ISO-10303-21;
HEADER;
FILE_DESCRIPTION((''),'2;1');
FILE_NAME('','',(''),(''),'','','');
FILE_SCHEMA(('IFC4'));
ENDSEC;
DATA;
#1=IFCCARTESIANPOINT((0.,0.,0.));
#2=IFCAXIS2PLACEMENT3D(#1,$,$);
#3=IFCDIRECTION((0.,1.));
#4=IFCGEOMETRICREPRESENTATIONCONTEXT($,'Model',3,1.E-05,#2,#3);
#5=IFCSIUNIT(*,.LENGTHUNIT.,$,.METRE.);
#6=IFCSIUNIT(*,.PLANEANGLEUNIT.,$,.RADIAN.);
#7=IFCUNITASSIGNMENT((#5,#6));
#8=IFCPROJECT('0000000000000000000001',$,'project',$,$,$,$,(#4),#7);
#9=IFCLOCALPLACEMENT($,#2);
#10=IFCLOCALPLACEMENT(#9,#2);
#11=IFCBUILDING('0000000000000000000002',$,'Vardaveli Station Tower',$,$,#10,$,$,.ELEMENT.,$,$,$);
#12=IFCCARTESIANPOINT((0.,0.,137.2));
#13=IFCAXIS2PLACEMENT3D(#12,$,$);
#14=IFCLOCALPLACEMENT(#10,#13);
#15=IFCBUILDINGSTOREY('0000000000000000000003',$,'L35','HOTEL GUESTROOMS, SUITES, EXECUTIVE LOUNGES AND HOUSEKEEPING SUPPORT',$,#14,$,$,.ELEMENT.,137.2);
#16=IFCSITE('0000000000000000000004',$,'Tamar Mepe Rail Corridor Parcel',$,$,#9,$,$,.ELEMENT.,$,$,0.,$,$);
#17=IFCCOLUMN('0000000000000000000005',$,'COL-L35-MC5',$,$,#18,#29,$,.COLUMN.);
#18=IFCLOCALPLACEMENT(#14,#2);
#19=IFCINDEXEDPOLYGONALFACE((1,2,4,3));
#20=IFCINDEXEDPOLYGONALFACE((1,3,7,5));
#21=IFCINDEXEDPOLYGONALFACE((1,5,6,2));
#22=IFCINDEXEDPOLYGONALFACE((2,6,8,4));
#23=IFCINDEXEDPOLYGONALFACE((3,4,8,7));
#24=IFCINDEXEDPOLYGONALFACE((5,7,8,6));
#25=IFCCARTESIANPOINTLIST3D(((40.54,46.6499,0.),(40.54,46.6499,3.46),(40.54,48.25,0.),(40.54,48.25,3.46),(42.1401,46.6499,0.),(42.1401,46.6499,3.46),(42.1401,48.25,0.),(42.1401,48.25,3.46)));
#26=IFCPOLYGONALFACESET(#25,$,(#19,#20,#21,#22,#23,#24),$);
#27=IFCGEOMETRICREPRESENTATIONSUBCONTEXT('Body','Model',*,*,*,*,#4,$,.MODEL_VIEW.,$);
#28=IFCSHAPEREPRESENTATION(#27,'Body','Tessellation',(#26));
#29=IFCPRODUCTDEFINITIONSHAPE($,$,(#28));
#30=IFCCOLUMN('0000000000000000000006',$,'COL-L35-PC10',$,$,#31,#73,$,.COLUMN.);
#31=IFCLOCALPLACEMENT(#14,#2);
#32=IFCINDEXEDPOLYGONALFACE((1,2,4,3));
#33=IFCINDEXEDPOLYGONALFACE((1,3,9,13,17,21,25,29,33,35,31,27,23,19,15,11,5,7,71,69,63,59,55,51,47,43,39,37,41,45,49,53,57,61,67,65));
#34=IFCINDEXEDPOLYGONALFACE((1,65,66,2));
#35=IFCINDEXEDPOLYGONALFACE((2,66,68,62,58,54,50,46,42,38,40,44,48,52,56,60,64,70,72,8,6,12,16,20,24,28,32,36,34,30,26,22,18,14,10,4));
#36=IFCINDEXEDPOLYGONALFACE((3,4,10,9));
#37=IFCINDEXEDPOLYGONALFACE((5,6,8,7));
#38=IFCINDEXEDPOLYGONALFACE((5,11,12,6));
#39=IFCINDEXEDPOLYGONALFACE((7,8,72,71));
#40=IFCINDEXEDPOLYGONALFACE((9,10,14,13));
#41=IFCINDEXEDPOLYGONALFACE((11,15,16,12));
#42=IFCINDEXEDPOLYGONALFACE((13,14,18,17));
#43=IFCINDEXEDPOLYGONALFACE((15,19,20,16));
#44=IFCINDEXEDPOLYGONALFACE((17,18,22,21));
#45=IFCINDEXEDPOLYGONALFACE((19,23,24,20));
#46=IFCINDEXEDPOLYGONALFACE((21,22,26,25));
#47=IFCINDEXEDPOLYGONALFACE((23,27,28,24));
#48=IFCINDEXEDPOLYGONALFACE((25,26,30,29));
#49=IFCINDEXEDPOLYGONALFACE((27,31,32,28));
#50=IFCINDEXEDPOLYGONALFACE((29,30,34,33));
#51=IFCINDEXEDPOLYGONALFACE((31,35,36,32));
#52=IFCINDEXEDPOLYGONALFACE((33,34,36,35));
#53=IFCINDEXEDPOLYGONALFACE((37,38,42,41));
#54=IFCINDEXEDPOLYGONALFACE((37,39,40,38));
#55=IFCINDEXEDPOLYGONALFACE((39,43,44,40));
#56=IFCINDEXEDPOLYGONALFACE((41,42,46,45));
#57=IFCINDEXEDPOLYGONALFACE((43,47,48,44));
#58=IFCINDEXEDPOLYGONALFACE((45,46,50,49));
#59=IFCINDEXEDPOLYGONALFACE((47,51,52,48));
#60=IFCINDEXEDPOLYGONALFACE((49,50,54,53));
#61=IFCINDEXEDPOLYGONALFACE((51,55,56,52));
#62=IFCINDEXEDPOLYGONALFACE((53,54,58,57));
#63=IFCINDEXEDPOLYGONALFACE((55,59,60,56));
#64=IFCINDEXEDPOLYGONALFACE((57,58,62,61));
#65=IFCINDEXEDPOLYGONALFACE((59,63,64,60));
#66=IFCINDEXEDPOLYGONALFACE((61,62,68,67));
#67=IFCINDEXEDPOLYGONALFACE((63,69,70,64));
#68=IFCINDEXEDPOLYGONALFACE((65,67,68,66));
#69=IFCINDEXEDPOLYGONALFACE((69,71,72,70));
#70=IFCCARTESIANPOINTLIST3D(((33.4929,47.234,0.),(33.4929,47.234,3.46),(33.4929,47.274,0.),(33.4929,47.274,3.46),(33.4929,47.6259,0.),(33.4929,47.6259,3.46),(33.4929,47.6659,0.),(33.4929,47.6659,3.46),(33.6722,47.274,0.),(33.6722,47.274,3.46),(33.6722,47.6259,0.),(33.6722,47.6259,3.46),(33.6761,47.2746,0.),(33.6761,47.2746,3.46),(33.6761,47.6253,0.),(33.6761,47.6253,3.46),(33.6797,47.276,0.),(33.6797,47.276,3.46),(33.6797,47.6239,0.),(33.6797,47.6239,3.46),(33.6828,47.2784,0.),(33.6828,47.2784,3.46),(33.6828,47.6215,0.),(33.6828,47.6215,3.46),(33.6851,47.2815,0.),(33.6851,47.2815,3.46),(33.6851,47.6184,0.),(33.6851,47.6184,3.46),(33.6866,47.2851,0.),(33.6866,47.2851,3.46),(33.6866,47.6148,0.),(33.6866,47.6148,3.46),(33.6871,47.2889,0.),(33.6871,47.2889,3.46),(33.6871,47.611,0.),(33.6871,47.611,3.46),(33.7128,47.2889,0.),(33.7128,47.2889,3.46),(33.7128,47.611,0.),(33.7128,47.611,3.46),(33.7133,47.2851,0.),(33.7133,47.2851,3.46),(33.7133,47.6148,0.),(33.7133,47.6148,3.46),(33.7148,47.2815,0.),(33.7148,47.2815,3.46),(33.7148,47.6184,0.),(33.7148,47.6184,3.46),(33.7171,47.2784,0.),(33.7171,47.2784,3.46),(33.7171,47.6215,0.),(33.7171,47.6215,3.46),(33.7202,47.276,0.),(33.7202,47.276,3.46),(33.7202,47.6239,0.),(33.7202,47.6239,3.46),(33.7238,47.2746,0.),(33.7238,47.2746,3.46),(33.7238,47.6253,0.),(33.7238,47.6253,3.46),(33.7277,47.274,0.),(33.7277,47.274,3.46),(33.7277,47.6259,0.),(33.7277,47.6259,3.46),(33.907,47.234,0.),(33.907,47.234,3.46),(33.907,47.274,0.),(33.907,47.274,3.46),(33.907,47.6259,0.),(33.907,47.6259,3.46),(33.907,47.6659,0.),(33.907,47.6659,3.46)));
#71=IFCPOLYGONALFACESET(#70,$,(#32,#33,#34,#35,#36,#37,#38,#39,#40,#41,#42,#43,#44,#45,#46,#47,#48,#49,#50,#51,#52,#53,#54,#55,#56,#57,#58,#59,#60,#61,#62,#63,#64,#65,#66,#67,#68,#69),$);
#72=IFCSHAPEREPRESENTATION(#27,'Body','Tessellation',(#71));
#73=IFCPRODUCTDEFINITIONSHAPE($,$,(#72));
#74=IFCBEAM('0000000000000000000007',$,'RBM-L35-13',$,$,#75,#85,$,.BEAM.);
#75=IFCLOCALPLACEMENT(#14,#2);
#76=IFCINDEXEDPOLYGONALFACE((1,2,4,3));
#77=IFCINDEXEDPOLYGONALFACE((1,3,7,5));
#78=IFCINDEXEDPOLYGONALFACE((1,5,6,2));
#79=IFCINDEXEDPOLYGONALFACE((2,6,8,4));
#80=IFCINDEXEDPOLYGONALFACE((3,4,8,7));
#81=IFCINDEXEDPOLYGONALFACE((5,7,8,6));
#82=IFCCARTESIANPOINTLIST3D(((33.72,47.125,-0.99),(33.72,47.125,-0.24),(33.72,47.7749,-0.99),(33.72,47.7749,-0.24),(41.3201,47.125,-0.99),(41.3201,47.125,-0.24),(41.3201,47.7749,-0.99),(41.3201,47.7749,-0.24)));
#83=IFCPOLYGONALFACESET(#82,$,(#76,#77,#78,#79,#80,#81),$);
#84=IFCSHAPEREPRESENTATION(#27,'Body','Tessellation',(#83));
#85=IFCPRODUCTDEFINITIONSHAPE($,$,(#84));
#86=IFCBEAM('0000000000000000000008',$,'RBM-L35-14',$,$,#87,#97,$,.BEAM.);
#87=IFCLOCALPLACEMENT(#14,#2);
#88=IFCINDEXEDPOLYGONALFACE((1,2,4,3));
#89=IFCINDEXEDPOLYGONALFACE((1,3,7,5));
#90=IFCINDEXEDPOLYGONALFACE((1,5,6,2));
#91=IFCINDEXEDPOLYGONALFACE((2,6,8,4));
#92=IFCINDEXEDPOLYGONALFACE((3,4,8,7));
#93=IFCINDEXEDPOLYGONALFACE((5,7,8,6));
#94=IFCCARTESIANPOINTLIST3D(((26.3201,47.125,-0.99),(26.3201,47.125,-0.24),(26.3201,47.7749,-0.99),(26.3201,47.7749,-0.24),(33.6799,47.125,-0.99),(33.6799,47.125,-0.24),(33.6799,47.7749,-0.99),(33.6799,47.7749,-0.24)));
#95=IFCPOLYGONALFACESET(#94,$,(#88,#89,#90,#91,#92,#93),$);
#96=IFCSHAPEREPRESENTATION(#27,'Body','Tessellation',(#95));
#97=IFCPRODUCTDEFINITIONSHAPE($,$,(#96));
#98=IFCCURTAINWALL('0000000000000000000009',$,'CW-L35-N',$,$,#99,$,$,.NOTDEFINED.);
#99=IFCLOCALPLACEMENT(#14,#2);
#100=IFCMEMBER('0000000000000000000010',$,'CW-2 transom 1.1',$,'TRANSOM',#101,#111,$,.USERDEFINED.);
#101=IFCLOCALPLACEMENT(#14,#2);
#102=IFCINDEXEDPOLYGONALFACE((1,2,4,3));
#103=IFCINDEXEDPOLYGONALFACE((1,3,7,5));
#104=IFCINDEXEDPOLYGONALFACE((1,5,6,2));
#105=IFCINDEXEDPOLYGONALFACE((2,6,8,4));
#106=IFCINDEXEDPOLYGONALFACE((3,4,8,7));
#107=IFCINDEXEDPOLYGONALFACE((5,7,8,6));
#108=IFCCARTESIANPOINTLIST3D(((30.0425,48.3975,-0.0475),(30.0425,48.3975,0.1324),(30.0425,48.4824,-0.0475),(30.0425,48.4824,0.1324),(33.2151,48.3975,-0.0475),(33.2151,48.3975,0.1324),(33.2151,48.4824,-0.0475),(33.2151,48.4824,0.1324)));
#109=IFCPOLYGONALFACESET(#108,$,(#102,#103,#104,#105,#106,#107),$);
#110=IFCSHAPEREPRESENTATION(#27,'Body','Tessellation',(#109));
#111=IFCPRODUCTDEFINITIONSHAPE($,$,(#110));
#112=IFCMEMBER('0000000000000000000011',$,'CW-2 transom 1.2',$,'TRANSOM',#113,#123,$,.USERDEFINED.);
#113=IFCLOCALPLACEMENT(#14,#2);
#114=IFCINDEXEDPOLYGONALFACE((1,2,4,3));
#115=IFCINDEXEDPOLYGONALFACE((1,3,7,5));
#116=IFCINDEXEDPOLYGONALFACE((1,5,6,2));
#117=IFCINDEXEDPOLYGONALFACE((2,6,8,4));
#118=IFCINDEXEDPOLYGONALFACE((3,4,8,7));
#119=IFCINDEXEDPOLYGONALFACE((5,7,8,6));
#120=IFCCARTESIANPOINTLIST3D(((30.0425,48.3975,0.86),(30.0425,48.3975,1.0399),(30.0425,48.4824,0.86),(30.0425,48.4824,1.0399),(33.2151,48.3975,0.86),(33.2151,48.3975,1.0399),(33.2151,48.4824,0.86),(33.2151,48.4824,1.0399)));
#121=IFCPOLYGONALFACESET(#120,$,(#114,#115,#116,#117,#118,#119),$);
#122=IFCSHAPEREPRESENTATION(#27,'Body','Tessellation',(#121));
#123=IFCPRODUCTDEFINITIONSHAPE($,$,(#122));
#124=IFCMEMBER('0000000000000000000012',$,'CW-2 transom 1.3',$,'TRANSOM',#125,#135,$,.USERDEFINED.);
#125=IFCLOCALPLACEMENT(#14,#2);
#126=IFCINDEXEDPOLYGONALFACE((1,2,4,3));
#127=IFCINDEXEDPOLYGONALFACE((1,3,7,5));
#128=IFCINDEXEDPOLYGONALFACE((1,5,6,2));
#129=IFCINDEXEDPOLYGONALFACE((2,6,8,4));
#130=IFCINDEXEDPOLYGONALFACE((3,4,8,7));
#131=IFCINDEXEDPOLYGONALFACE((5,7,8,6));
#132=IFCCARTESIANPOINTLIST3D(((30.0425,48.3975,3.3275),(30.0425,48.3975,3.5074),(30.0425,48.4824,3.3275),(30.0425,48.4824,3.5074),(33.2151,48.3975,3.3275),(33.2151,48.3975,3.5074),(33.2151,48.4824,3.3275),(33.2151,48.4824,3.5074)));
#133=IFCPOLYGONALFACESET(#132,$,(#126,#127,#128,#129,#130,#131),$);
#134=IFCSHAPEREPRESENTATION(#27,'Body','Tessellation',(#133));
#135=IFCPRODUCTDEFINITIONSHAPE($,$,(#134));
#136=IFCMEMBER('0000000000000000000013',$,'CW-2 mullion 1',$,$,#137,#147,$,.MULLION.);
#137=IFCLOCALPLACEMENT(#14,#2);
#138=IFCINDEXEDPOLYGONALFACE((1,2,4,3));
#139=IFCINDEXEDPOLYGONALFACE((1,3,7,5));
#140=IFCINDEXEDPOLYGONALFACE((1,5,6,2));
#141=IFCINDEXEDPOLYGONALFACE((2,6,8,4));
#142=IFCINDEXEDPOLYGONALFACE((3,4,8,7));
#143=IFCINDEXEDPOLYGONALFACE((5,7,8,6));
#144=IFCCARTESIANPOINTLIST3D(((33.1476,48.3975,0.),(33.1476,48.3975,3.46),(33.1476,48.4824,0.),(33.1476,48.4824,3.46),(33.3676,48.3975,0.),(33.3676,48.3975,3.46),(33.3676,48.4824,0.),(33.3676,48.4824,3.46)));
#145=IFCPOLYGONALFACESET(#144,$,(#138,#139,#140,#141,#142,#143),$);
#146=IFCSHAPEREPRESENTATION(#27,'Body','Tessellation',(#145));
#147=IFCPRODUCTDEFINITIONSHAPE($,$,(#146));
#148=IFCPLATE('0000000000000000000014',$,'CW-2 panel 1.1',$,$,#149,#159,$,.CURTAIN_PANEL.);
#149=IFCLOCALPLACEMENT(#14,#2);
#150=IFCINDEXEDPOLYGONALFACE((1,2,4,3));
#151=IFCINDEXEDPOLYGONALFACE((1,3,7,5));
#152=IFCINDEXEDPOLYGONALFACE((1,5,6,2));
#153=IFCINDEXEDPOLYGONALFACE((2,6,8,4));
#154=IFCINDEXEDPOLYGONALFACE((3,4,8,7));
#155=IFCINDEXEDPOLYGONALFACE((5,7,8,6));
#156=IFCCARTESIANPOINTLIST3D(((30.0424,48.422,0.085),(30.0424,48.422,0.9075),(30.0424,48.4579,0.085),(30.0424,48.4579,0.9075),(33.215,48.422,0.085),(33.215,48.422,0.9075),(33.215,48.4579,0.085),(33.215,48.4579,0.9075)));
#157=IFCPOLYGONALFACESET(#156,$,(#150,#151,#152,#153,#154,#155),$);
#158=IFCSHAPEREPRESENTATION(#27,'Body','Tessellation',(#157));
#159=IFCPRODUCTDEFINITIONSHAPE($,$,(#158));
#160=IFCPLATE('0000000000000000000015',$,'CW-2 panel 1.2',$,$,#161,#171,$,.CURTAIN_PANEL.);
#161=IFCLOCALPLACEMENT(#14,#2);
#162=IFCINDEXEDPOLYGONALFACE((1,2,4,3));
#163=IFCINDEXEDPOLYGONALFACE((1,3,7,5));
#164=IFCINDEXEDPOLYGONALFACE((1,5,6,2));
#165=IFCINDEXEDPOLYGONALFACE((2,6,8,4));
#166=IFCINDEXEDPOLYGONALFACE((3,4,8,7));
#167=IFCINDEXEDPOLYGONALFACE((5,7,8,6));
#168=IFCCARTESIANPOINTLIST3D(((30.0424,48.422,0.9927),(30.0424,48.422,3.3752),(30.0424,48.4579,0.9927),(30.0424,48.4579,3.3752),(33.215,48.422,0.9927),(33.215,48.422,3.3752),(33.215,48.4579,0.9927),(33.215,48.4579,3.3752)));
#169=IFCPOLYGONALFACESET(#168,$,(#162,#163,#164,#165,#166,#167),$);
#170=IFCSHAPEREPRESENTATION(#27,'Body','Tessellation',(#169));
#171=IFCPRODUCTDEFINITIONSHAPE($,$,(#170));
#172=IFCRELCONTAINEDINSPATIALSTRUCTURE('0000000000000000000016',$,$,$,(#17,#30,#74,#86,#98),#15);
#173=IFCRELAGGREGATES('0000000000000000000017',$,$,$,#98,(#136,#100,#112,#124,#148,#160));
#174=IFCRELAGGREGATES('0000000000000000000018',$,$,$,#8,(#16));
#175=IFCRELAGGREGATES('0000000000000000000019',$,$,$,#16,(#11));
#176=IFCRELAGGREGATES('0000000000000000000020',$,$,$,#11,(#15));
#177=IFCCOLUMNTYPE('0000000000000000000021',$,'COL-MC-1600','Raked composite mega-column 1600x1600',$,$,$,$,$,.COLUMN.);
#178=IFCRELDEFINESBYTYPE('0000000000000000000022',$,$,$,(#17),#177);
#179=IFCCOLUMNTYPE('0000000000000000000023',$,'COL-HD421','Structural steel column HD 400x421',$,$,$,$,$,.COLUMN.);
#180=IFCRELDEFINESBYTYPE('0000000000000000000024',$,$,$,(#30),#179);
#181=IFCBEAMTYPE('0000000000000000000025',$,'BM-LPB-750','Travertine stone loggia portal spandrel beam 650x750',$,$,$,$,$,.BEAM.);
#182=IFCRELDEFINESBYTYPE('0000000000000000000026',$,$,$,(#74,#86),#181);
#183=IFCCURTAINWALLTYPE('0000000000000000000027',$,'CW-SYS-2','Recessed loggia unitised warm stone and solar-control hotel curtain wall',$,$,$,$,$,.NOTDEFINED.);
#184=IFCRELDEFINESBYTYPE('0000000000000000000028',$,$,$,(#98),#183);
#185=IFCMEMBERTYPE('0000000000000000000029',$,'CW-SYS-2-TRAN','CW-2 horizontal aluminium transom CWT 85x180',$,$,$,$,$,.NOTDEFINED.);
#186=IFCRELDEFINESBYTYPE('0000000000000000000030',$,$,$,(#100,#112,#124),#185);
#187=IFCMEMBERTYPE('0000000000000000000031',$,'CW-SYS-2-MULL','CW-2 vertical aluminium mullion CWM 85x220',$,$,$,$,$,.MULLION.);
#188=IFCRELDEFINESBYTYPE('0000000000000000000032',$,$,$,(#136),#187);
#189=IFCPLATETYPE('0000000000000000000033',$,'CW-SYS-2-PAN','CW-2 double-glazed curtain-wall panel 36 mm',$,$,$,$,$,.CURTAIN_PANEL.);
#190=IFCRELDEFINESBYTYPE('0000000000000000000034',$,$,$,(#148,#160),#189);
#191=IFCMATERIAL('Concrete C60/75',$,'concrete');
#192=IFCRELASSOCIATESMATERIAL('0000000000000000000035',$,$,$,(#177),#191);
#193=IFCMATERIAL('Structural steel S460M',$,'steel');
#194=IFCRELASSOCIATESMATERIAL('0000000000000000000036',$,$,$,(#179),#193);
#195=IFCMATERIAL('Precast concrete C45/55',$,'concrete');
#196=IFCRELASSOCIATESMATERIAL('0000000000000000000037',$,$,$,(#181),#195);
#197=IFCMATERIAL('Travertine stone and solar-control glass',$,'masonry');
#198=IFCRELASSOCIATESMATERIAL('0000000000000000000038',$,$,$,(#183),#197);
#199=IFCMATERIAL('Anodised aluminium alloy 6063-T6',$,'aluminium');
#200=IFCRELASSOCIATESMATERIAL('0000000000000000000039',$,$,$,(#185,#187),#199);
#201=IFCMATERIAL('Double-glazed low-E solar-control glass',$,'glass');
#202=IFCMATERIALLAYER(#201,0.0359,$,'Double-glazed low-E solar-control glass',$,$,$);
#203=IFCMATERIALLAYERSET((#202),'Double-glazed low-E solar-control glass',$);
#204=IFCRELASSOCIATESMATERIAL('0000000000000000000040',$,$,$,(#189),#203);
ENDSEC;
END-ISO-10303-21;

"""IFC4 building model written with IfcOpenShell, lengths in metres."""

from ifc_helpers import new_model, si_unit, direction, frame, origin, origin_2d, place, context, subcontext, project, spatial, rectangle, i_section, extrude, source, transform, mapped, material, layer, layer_set, material_profile, profile_set, type_object, element, aggregate, save


model = new_model("IFC4")

# Units and contexts
model_context = context("Model", 3, precision=1e-05, world=origin(), true_north=direction((0.0, 1.0)))
body_context = subcontext(model_context, "Body", "Model", "MODEL_VIEW")
ifc_project = project(units=[si_unit("LENGTHUNIT", "METRE"), si_unit("PLANEANGLEUNIT", "RADIAN")], contexts=[model_context])

# Site, building, storey
site_placement = place(None, origin())
site = spatial("IfcSite", under=ifc_project, at=site_placement, Name="Tamar Mepe Rail Corridor Parcel", CompositionType="ELEMENT", RefElevation=0.0)
building_placement = place(site_placement, origin())
building = spatial("IfcBuilding", under=site, at=building_placement, Name="Vardaveli Station Tower", CompositionType="ELEMENT")
storey_placement = place(building_placement, frame((0.0, 0.0, 137.2)))
storey = spatial("IfcBuildingStorey", under=building, at=storey_placement, Name="L35", Description="HOTEL GUESTROOMS, SUITES, EXECUTIVE LOUNGES AND HOUSEKEEPING SUPPORT", CompositionType="ELEMENT", Elevation=137.2)

# Columns
ifc_material_1 = material(Name="Concrete C60/75", Category="concrete")
ifc_material_profile_1 = material_profile(ifc_material_1, rectangle(XDim=1.6001, YDim=1.6001, at=origin_2d()), Name="MC 1600x1600")
ifc_profile_set_1 = profile_set([ifc_material_profile_1], Name="Concrete C60/75")
column_type_1 = type_object("IfcColumnType", Name="COL-MC-1600", Description="Raked composite mega-column 1600x1600", PredefinedType="COLUMN", material=ifc_profile_set_1)
shared_shape_1 = source(origin(), body_context, "Body", "SweptSolid", [
    extrude(rectangle(XDim=1.6001, YDim=1.6001, at=origin_2d()), origin(), (0.0, 0.0, 1.0), 3.46),
])
column_1_placement = place(storey_placement, frame((41.3401, 47.45, 0.0), z_axis=(0.0, 0.0, 1.0), x_axis=(1.0, 0.0, 0.0)))
element("IfcColumn", 1, at=column_1_placement, inside=storey, type_object=column_type_1, Name="COL-L35-MC5", PredefinedType="COLUMN", context=body_context, shape_type="MappedRepresentation", body=[
    mapped(shared_shape_1, transform((0.0, 0.0, 0.0), scale=1.0)),
])
ifc_material_2 = material(Name="Structural steel S460M", Category="steel")
ifc_material_profile_2 = material_profile(ifc_material_2, i_section(OverallWidth=0.4141, OverallDepth=0.4319, WebThickness=0.0256, FlangeThickness=0.04, FilletRadius=0.0149, at=origin_2d()), Name="HD 400x421")
ifc_profile_set_2 = profile_set([ifc_material_profile_2], Name="Structural steel S460M")
column_type_2 = type_object("IfcColumnType", Name="COL-HD421", Description="Structural steel column HD 400x421", PredefinedType="COLUMN", material=ifc_profile_set_2)
shared_shape_2 = source(origin(), body_context, "Body", "SweptSolid", [
    extrude(i_section(OverallWidth=0.4141, OverallDepth=0.4319, WebThickness=0.0256, FlangeThickness=0.04, FilletRadius=0.0149, at=origin_2d()), origin(), (0.0, 0.0, 1.0), 3.46),
])
column_2_placement = place(storey_placement, frame((33.7, 47.45, 0.0), z_axis=(0.0, 0.0, 1.0), x_axis=(1.0, 0.0, 0.0)))
element("IfcColumn", 2, at=column_2_placement, inside=storey, type_object=column_type_2, Name="COL-L35-PC10", PredefinedType="COLUMN", context=body_context, shape_type="MappedRepresentation", body=[
    mapped(shared_shape_2, transform((0.0, 0.0, 0.0), scale=1.0)),
])

# Beams
ifc_material_3 = material(Name="Precast concrete C45/55", Category="concrete")
ifc_material_profile_3 = material_profile(ifc_material_3, rectangle(XDim=0.6499, YDim=0.75, at=origin_2d()), Name="LPB 650x750")
ifc_profile_set_3 = profile_set([ifc_material_profile_3], Name="Precast concrete C45/55")
beam_type = type_object("IfcBeamType", Name="BM-LPB-750", Description="Travertine stone loggia portal spandrel beam 650x750", PredefinedType="BEAM", material=ifc_profile_set_3)
shared_shape_3 = source(origin(), body_context, "Body", "SweptSolid", [
    extrude(rectangle(XDim=0.6499, YDim=0.75, at=origin_2d()), origin(), (0.0, 0.0, 1.0), 7.6001),
])
beam_1_placement = place(storey_placement, frame((41.3201, 47.45, -0.615), z_axis=(-1.0, 0.0, 0.0), x_axis=(0.0, -1.0, 0.0)))
element("IfcBeam", 3, at=beam_1_placement, inside=storey, type_object=beam_type, Name="RBM-L35-13", PredefinedType="BEAM", context=body_context, shape_type="MappedRepresentation", body=[
    mapped(shared_shape_3, transform((0.0, 0.0, 0.0), scale=1.0)),
])
shared_shape_4 = source(origin(), body_context, "Body", "SweptSolid", [
    extrude(rectangle(XDim=0.6499, YDim=0.75, at=origin_2d()), origin(), (0.0, 0.0, 1.0), 7.3599),
])
beam_2_placement = place(storey_placement, frame((33.6799, 47.45, -0.615), z_axis=(-1.0, 0.0, 0.0), x_axis=(0.0, -1.0, 0.0)))
element("IfcBeam", 4, at=beam_2_placement, inside=storey, type_object=beam_type, Name="RBM-L35-14", PredefinedType="BEAM", context=body_context, shape_type="MappedRepresentation", body=[
    mapped(shared_shape_4, transform((0.0, 0.0, 0.0), scale=1.0)),
])

# Curtain wall, members, plates
ifc_material_4 = material(Name="Travertine stone and solar-control glass", Category="masonry")
curtain_wall_type = type_object("IfcCurtainWallType", Name="CW-SYS-2", Description="Recessed loggia unitised warm stone and solar-control hotel curtain wall", PredefinedType="NOTDEFINED", material=ifc_material_4)
curtain_wall_placement = place(storey_placement, origin())
curtain_wall = element("IfcCurtainWall", 5, at=curtain_wall_placement, inside=storey, type_object=curtain_wall_type, Name="CW-L35-N", PredefinedType="NOTDEFINED")
ifc_material_5 = material(Name="Anodised aluminium alloy 6063-T6", Category="aluminium")
ifc_material_profile_4 = material_profile(ifc_material_5, rectangle(XDim=0.085, YDim=0.1799, at=origin_2d()), Name="CWT 85x180")
ifc_profile_set_4 = profile_set([ifc_material_profile_4], Name="Anodised aluminium alloy 6063-T6")
member_type_1 = type_object("IfcMemberType", Name="CW-SYS-2-TRAN", Description="CW-2 horizontal aluminium transom CWT 85x180", PredefinedType="NOTDEFINED", material=ifc_profile_set_4)
shared_shape_5 = source(origin(), body_context, "Body", "SweptSolid", [
    extrude(rectangle(XDim=0.085, YDim=0.1799, at=origin_2d()), origin(), (0.0, 0.0, 1.0), 3.1726),
])
member_1_placement = place(storey_placement, frame((33.2151, 48.4399, 0.0425), z_axis=(-1.0, 0.0, 0.0), x_axis=(0.0, -1.0, 0.0)))
member_1 = element("IfcMember", 6, at=member_1_placement, type_object=member_type_1, Name="CW-2 transom 1.1", ObjectType="TRANSOM", PredefinedType="USERDEFINED", context=body_context, shape_type="MappedRepresentation", body=[
    mapped(shared_shape_5, transform((0.0, 0.0, 0.0), scale=1.0)),
])
member_2_placement = place(storey_placement, frame((33.2151, 48.4399, 0.95), z_axis=(-1.0, 0.0, 0.0), x_axis=(0.0, -1.0, 0.0)))
member_2 = element("IfcMember", 7, at=member_2_placement, type_object=member_type_1, Name="CW-2 transom 1.2", ObjectType="TRANSOM", PredefinedType="USERDEFINED", context=body_context, shape_type="MappedRepresentation", body=[
    mapped(shared_shape_5, transform((0.0, 0.0, 0.0), scale=1.0)),
])
member_3_placement = place(storey_placement, frame((33.2151, 48.4399, 3.4175), z_axis=(-1.0, 0.0, 0.0), x_axis=(0.0, -1.0, 0.0)))
member_3 = element("IfcMember", 8, at=member_3_placement, type_object=member_type_1, Name="CW-2 transom 1.3", ObjectType="TRANSOM", PredefinedType="USERDEFINED", context=body_context, shape_type="MappedRepresentation", body=[
    mapped(shared_shape_5, transform((0.0, 0.0, 0.0), scale=1.0)),
])
ifc_material_profile_5 = material_profile(ifc_material_5, rectangle(XDim=0.085, YDim=0.22, at=origin_2d()), Name="CWM 85x220")
ifc_profile_set_5 = profile_set([ifc_material_profile_5], Name="Anodised aluminium alloy 6063-T6")
member_type_2 = type_object("IfcMemberType", Name="CW-SYS-2-MULL", Description="CW-2 vertical aluminium mullion CWM 85x220", PredefinedType="MULLION", material=ifc_profile_set_5)
shared_shape_6 = source(origin(), body_context, "Body", "SweptSolid", [
    extrude(rectangle(XDim=0.085, YDim=0.22, at=origin_2d()), origin(), (0.0, 0.0, 1.0), 3.46),
])
member_4_placement = place(storey_placement, frame((33.2576, 48.4399, 0.0), z_axis=(0.0, 0.0, 1.0), x_axis=(0.0, -1.0, 0.0)))
member_4 = element("IfcMember", 9, at=member_4_placement, type_object=member_type_2, Name="CW-2 mullion 1", PredefinedType="MULLION", context=body_context, shape_type="MappedRepresentation", body=[
    mapped(shared_shape_6, transform((0.0, 0.0, 0.0), scale=1.0)),
])
ifc_material_6 = material(Name="Double-glazed low-E solar-control glass", Category="glass")
ifc_layer_1 = layer(ifc_material_6, 0.0359, Name="Double-glazed low-E solar-control glass")
ifc_layer_set_1 = layer_set([ifc_layer_1], Name="Double-glazed low-E solar-control glass")
plate_type = type_object("IfcPlateType", Name="CW-SYS-2-PAN", Description="CW-2 double-glazed curtain-wall panel 36 mm", PredefinedType="CURTAIN_PANEL", material=ifc_layer_set_1)
shared_shape_7 = source(origin(), body_context, "Body", "SweptSolid", [
    extrude(rectangle(XDim=3.1726, YDim=0.0359, at=origin_2d()), origin(), (0.0, 0.0, 1.0), 0.8225),
])
plate_1_placement = place(storey_placement, frame((31.6287, 48.4399, 0.085), z_axis=(0.0, 0.0, 1.0), x_axis=(-1.0, 0.0, 0.0)))
plate_1 = element("IfcPlate", 10, at=plate_1_placement, type_object=plate_type, Name="CW-2 panel 1.1", PredefinedType="CURTAIN_PANEL", context=body_context, shape_type="MappedRepresentation", body=[
    mapped(shared_shape_7, transform((0.0, 0.0, 0.0), scale=1.0)),
])
shared_shape_8 = source(origin(), body_context, "Body", "SweptSolid", [
    extrude(rectangle(XDim=3.1726, YDim=0.0359, at=origin_2d()), origin(), (0.0, 0.0, 1.0), 2.3826),
])
plate_2_placement = place(storey_placement, frame((31.6287, 48.4399, 0.9927), z_axis=(0.0, 0.0, 1.0), x_axis=(-1.0, 0.0, 0.0)))
plate_2 = element("IfcPlate", 11, at=plate_2_placement, type_object=plate_type, Name="CW-2 panel 1.2", PredefinedType="CURTAIN_PANEL", context=body_context, shape_type="MappedRepresentation", body=[
    mapped(shared_shape_8, transform((0.0, 0.0, 0.0), scale=1.0)),
])
aggregate(curtain_wall, [member_4, member_1, member_2, member_3, plate_1, plate_2])

save(model, "model.ifc")
